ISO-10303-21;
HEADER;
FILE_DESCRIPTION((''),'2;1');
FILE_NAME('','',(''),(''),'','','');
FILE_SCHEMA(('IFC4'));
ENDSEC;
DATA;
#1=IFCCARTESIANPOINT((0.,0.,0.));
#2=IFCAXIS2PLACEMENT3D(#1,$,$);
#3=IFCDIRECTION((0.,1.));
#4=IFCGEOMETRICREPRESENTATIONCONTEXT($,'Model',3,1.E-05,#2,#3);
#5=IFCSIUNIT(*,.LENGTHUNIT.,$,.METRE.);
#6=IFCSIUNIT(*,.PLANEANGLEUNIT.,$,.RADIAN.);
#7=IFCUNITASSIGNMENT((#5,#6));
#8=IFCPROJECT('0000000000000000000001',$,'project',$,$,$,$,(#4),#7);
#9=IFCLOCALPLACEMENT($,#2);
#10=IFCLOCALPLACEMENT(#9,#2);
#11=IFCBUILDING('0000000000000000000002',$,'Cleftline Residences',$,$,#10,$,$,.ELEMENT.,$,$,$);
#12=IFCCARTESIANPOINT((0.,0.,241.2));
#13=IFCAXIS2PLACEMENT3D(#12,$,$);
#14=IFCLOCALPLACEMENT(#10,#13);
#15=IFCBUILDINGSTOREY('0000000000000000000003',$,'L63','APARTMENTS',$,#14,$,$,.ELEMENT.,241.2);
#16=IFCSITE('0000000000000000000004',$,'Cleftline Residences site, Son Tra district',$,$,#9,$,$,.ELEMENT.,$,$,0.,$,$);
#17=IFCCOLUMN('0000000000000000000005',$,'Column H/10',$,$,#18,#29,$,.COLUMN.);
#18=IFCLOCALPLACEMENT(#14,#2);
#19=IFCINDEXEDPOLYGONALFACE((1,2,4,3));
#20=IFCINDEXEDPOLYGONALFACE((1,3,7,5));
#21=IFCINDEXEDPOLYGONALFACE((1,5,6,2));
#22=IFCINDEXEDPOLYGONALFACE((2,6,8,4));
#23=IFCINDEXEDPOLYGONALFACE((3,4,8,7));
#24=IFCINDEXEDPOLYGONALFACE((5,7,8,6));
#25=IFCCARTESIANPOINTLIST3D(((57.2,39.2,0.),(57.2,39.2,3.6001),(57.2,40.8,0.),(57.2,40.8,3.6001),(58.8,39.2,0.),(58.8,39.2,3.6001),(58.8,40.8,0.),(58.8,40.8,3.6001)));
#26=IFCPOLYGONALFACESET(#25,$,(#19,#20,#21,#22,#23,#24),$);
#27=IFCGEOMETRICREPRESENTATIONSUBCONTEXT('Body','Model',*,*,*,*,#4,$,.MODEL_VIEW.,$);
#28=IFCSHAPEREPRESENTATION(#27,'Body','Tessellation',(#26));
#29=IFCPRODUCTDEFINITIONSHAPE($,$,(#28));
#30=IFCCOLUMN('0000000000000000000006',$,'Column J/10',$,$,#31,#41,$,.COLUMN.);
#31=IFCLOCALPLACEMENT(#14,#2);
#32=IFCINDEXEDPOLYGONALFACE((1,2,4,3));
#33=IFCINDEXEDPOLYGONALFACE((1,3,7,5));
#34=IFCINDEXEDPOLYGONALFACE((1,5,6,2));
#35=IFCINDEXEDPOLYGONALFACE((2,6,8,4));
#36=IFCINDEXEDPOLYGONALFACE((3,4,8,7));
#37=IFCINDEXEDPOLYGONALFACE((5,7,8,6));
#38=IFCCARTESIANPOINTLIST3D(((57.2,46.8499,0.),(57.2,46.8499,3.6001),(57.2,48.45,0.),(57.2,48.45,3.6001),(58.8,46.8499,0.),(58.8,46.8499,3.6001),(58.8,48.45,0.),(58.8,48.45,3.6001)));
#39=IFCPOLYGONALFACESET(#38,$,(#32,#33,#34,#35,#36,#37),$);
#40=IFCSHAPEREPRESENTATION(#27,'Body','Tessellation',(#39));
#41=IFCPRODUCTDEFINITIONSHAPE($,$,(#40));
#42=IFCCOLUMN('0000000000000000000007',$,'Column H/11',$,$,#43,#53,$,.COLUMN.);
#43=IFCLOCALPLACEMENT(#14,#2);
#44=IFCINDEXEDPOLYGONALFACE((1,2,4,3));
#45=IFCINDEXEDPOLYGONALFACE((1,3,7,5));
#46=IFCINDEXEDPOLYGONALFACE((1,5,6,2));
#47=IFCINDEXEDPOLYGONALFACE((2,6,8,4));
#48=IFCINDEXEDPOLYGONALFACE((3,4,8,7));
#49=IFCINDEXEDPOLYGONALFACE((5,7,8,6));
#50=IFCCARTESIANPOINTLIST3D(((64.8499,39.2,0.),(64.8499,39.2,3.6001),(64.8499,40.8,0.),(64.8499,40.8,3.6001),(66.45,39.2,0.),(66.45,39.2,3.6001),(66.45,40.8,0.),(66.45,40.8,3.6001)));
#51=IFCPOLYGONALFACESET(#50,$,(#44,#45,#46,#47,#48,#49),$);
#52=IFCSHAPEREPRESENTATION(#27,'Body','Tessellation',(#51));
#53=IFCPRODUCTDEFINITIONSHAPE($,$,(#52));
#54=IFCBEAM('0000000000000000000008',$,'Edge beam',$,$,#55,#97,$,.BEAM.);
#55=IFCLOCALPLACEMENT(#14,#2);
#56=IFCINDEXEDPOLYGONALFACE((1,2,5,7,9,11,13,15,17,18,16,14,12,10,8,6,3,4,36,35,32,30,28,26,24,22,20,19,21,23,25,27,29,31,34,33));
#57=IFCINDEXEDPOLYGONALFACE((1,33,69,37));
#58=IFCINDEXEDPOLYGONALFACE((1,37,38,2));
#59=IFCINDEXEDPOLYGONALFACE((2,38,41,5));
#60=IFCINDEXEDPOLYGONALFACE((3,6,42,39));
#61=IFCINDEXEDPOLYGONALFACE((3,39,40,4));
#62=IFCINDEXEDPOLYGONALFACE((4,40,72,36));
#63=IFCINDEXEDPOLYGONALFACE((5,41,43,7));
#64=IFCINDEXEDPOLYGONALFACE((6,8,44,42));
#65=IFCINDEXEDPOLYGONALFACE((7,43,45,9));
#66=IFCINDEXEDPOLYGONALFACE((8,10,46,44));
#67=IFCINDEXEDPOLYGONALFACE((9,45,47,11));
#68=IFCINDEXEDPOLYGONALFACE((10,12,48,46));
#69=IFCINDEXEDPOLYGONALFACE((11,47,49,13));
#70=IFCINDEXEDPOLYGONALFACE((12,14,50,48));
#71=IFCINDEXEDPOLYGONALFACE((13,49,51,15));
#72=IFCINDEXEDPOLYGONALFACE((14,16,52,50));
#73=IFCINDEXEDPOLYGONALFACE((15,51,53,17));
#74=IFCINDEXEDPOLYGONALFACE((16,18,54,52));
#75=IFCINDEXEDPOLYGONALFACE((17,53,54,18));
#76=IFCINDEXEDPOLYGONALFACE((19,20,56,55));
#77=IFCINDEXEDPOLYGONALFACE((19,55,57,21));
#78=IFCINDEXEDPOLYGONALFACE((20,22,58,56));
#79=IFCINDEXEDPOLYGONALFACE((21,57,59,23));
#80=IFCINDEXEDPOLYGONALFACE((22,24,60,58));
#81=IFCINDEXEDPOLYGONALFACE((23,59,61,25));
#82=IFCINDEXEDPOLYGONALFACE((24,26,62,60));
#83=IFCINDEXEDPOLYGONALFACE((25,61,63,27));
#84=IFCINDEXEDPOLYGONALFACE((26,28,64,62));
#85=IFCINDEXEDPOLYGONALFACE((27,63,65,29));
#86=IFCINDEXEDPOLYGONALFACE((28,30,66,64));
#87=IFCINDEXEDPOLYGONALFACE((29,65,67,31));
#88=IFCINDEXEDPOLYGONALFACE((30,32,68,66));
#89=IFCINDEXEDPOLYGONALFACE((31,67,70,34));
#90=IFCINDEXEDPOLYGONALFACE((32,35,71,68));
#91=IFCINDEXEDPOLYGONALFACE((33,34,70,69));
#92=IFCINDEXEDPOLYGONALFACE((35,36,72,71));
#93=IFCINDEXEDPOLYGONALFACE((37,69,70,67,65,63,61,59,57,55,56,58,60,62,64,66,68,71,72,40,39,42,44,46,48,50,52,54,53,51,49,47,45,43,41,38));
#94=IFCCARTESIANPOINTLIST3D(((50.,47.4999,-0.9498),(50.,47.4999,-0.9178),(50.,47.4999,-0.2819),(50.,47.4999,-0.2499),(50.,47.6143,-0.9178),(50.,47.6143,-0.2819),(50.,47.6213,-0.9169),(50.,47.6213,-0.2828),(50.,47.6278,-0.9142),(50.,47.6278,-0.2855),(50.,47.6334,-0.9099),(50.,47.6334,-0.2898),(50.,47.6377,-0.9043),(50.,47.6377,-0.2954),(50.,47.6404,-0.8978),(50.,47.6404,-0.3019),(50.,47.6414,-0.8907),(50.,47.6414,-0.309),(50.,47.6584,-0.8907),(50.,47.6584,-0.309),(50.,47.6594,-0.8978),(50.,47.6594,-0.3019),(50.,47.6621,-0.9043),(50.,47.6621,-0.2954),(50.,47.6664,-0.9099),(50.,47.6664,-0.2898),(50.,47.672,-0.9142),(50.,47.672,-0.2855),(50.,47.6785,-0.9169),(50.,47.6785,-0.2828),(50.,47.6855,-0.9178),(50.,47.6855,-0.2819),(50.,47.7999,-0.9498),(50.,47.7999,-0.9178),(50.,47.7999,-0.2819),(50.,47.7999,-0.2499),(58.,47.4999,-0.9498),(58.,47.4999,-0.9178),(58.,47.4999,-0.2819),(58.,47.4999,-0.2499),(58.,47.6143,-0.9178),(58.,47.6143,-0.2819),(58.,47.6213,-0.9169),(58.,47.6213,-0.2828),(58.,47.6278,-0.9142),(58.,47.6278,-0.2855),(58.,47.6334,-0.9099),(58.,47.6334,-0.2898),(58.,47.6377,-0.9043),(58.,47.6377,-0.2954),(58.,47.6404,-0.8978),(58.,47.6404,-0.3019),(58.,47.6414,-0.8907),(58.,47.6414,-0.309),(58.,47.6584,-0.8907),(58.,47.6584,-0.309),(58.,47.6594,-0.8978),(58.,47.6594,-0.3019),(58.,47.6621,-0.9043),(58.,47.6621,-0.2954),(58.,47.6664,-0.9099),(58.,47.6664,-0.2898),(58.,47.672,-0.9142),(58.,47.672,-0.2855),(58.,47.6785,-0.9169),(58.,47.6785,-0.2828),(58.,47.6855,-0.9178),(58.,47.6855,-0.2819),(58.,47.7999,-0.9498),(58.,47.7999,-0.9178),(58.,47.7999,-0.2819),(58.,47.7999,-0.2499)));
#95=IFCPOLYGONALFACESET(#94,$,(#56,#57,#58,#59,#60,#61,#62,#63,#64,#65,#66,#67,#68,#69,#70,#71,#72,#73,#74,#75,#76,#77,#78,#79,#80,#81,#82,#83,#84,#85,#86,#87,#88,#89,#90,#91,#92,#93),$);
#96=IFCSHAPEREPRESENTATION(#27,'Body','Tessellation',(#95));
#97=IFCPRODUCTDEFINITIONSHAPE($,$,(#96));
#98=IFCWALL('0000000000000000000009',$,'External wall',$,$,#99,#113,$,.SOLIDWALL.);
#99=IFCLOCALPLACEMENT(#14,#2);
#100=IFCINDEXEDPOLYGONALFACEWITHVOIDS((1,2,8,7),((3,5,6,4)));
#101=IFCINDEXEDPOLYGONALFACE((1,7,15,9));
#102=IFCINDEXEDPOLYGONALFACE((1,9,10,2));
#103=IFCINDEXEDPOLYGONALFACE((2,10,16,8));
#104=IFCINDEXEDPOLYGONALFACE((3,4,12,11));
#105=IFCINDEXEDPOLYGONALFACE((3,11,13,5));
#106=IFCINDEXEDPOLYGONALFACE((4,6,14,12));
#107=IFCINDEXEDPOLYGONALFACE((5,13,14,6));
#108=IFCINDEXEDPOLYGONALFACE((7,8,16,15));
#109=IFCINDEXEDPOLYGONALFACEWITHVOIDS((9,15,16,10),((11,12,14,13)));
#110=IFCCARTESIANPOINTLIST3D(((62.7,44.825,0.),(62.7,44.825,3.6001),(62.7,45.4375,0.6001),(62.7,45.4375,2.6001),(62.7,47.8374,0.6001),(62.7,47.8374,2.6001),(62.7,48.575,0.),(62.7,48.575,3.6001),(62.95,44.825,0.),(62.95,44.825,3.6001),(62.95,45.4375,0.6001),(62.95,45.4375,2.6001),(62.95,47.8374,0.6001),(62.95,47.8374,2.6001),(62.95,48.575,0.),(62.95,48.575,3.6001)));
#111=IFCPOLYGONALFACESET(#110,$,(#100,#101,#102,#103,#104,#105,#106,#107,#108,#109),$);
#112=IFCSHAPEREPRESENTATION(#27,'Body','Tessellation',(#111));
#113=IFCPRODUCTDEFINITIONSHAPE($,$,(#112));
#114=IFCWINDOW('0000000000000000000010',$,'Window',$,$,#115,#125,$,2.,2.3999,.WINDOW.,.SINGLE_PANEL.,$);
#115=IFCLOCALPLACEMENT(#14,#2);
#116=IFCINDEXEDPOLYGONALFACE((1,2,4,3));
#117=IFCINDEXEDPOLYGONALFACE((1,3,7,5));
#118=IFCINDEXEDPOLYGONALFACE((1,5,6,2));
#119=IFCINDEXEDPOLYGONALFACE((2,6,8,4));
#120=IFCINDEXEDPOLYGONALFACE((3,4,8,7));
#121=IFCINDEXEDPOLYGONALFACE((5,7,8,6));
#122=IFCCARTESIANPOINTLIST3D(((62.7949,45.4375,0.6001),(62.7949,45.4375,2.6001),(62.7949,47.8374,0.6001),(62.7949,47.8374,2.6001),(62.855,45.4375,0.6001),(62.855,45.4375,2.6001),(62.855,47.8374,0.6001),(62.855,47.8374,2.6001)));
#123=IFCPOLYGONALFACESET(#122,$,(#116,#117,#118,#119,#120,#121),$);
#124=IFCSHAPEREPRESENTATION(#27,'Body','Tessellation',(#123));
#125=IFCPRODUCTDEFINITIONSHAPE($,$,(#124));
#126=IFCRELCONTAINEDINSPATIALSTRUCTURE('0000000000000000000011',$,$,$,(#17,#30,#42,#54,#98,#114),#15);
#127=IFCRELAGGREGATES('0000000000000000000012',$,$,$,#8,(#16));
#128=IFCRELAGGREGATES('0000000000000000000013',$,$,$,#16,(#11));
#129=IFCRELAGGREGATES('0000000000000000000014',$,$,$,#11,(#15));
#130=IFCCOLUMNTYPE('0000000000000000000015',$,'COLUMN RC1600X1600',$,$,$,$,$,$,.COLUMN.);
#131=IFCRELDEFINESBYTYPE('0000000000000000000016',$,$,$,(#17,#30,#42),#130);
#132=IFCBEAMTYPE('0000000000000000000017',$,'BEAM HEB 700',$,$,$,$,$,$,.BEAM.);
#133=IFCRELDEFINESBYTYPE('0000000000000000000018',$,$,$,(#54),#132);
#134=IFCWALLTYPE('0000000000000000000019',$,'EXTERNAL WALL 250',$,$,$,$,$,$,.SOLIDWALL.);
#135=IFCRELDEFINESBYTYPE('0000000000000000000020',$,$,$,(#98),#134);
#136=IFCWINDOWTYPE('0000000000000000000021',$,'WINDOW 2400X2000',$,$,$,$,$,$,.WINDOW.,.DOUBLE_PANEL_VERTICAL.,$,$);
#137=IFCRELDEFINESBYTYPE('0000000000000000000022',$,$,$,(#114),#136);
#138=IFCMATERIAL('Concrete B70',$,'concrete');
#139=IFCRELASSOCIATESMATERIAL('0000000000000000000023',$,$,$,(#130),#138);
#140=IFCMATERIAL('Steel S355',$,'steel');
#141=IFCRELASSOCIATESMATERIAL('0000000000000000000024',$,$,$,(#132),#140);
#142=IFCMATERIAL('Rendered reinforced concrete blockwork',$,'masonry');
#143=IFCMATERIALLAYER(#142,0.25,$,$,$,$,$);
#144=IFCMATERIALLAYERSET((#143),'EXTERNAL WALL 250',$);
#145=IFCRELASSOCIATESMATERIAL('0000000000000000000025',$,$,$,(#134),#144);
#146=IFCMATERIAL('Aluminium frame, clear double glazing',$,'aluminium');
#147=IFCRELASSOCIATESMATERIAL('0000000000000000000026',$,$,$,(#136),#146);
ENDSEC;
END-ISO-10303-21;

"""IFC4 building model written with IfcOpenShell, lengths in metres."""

from ifc_helpers import new_model, si_unit, direction, frame, frame_2d, origin, origin_2d, place, context, subcontext, project, spatial, rectangle, i_section, extrude, material, layer, layer_set, material_profile, profile_set, type_object, element, fill, save


model = new_model("IFC4")

# Units and contexts
model_context = context("Model", 3, precision=1e-05, world=origin(), true_north=direction((0.0, 1.0)))
body_context = subcontext(model_context, "Body", "Model", "MODEL_VIEW")
ifc_project = project(units=[si_unit("LENGTHUNIT", "METRE"), si_unit("PLANEANGLEUNIT", "RADIAN")], contexts=[model_context])

# Site, building, storey
site_placement = place(None, origin())
site = spatial("IfcSite", under=ifc_project, at=site_placement, Name="Cleftline Residences site, Son Tra district", CompositionType="ELEMENT", RefElevation=0.0)
building_placement = place(site_placement, origin())
building = spatial("IfcBuilding", under=site, at=building_placement, Name="Cleftline Residences", CompositionType="ELEMENT")
storey_placement = place(building_placement, frame((0.0, 0.0, 241.2)))
storey = spatial("IfcBuildingStorey", under=building, at=storey_placement, Name="L63", Description="APARTMENTS", CompositionType="ELEMENT", Elevation=241.2)

# Columns
ifc_material_1 = material(Name="Concrete B70", Category="concrete")
ifc_material_profile_1 = material_profile(ifc_material_1, rectangle(XDim=1.6001, YDim=1.6001, at=origin_2d()))
ifc_profile_set_1 = profile_set([ifc_material_profile_1], Name="Concrete B70")
column_type = type_object("IfcColumnType", Name="COLUMN RC1600X1600", PredefinedType="COLUMN", material=ifc_profile_set_1)
for number, where, z_axis, x_axis, name in (
    (1, (58.0, 40.0, 0.0), (0.0, 0.0, 1.0), (1.0, 0.0, 0.0), "Column H/10"),
    (2, (58.0, 47.6499, 0.0), (0.0, 0.0, 1.0), (1.0, 0.0, 0.0), "Column J/10"),
    (3, (65.6499, 40.0, 0.0), (0.0, 0.0, 1.0), (1.0, 0.0, 0.0), "Column H/11"),
):
    element("IfcColumn", number, at=place(storey_placement, frame(where, z_axis=z_axis, x_axis=x_axis)), inside=storey, type_object=column_type, Name=name, PredefinedType="COLUMN", context=body_context, shape_type="SweptSolid", body=[
        extrude(rectangle(XDim=1.6001, YDim=1.6001, at=origin_2d()), origin(), (0.0, 0.0, 1.0), 3.6001),
    ])

# Beam
ifc_material_2 = material(Name="Steel S355", Category="steel")
ifc_material_profile_2 = material_profile(ifc_material_2, i_section(OverallWidth=0.3, OverallDepth=0.7, WebThickness=0.0171, FlangeThickness=0.032, FilletRadius=0.0271, at=origin_2d()))
ifc_profile_set_2 = profile_set([ifc_material_profile_2], Name="Steel S355")
beam_type = type_object("IfcBeamType", Name="BEAM HEB 700", PredefinedType="BEAM", material=ifc_profile_set_2)
beam_placement = place(storey_placement, frame((58.0, 47.6499, -0.5999), z_axis=(-1.0, 0.0, 0.0), x_axis=(0.0, -1.0, 0.0)))
element("IfcBeam", 4, at=beam_placement, inside=storey, type_object=beam_type, Name="Edge beam", PredefinedType="BEAM", context=body_context, shape_type="SweptSolid", body=[
    extrude(i_section(OverallWidth=0.3, OverallDepth=0.7, WebThickness=0.0171, FlangeThickness=0.032, FilletRadius=0.0271, at=origin_2d()), origin(), (0.0, 0.0, 1.0), 8.0),
])

# Wall, opening, window
ifc_material_3 = material(Name="Rendered reinforced concrete blockwork", Category="masonry")
ifc_layer_1 = layer(ifc_material_3, 0.25)
ifc_layer_set_1 = layer_set([ifc_layer_1], Name="EXTERNAL WALL 250")
wall_type_1 = type_object("IfcWallType", Name="EXTERNAL WALL 250", PredefinedType="SOLIDWALL", material=ifc_layer_set_1)
wall_1_placement = place(storey_placement, frame((62.825, 44.825, 0.0), z_axis=(0.0, 0.0, 1.0), x_axis=(0.0, 1.0, 0.0)))
wall_1 = element("IfcWall", 5, at=wall_1_placement, inside=storey, type_object=wall_type_1, Name="External wall", PredefinedType="SOLIDWALL", context=body_context, shape_type="SweptSolid", body=[
    extrude(rectangle(XDim=3.75, YDim=0.25, at=frame_2d((1.875, 0.0))), origin(), (0.0, 0.0, 1.0), 3.6001),
])
opening_1_placement = place(wall_1_placement, frame((0.6125, 0.0, 0.6001)))
opening_1 = element("IfcOpeningElement", 6, at=opening_1_placement, cuts=wall_1, PredefinedType="OPENING", context=body_context, shape_type="SweptSolid", body=[
    extrude(rectangle(XDim=2.3999, YDim=2.0, at=frame_2d((1.2, 1.0))), frame((0.0, 0.135, 0.0), z_axis=(0.0, -1.0, 0.0), x_axis=(1.0, 0.0, 0.0)), (0.0, 0.0, 1.0), 0.27),
])
ifc_material_4 = material(Name="Aluminium frame, clear double glazing", Category="aluminium")
window_type_1 = type_object("IfcWindowType", Name="WINDOW 2400X2000", PartitioningType="DOUBLE_PANEL_VERTICAL", PredefinedType="WINDOW", material=ifc_material_4)
window_1_placement = place(opening_1_placement, origin())
window_1 = element("IfcWindow", 7, at=window_1_placement, inside=storey, type_object=window_type_1, Name="Window", OverallHeight=2.0, OverallWidth=2.3999, PartitioningType="SINGLE_PANEL", PredefinedType="WINDOW", context=body_context, shape_type="SweptSolid", body=[
    extrude(rectangle(XDim=2.3999, YDim=2.0, at=frame_2d((1.2, 1.0))), frame((0.0, 0.03, 0.0), z_axis=(0.0, -1.0, 0.0), x_axis=(1.0, 0.0, 0.0)), (0.0, 0.0, 1.0), 0.0601),
])
fill(opening_1, window_1)

save(model, "model.ifc")
